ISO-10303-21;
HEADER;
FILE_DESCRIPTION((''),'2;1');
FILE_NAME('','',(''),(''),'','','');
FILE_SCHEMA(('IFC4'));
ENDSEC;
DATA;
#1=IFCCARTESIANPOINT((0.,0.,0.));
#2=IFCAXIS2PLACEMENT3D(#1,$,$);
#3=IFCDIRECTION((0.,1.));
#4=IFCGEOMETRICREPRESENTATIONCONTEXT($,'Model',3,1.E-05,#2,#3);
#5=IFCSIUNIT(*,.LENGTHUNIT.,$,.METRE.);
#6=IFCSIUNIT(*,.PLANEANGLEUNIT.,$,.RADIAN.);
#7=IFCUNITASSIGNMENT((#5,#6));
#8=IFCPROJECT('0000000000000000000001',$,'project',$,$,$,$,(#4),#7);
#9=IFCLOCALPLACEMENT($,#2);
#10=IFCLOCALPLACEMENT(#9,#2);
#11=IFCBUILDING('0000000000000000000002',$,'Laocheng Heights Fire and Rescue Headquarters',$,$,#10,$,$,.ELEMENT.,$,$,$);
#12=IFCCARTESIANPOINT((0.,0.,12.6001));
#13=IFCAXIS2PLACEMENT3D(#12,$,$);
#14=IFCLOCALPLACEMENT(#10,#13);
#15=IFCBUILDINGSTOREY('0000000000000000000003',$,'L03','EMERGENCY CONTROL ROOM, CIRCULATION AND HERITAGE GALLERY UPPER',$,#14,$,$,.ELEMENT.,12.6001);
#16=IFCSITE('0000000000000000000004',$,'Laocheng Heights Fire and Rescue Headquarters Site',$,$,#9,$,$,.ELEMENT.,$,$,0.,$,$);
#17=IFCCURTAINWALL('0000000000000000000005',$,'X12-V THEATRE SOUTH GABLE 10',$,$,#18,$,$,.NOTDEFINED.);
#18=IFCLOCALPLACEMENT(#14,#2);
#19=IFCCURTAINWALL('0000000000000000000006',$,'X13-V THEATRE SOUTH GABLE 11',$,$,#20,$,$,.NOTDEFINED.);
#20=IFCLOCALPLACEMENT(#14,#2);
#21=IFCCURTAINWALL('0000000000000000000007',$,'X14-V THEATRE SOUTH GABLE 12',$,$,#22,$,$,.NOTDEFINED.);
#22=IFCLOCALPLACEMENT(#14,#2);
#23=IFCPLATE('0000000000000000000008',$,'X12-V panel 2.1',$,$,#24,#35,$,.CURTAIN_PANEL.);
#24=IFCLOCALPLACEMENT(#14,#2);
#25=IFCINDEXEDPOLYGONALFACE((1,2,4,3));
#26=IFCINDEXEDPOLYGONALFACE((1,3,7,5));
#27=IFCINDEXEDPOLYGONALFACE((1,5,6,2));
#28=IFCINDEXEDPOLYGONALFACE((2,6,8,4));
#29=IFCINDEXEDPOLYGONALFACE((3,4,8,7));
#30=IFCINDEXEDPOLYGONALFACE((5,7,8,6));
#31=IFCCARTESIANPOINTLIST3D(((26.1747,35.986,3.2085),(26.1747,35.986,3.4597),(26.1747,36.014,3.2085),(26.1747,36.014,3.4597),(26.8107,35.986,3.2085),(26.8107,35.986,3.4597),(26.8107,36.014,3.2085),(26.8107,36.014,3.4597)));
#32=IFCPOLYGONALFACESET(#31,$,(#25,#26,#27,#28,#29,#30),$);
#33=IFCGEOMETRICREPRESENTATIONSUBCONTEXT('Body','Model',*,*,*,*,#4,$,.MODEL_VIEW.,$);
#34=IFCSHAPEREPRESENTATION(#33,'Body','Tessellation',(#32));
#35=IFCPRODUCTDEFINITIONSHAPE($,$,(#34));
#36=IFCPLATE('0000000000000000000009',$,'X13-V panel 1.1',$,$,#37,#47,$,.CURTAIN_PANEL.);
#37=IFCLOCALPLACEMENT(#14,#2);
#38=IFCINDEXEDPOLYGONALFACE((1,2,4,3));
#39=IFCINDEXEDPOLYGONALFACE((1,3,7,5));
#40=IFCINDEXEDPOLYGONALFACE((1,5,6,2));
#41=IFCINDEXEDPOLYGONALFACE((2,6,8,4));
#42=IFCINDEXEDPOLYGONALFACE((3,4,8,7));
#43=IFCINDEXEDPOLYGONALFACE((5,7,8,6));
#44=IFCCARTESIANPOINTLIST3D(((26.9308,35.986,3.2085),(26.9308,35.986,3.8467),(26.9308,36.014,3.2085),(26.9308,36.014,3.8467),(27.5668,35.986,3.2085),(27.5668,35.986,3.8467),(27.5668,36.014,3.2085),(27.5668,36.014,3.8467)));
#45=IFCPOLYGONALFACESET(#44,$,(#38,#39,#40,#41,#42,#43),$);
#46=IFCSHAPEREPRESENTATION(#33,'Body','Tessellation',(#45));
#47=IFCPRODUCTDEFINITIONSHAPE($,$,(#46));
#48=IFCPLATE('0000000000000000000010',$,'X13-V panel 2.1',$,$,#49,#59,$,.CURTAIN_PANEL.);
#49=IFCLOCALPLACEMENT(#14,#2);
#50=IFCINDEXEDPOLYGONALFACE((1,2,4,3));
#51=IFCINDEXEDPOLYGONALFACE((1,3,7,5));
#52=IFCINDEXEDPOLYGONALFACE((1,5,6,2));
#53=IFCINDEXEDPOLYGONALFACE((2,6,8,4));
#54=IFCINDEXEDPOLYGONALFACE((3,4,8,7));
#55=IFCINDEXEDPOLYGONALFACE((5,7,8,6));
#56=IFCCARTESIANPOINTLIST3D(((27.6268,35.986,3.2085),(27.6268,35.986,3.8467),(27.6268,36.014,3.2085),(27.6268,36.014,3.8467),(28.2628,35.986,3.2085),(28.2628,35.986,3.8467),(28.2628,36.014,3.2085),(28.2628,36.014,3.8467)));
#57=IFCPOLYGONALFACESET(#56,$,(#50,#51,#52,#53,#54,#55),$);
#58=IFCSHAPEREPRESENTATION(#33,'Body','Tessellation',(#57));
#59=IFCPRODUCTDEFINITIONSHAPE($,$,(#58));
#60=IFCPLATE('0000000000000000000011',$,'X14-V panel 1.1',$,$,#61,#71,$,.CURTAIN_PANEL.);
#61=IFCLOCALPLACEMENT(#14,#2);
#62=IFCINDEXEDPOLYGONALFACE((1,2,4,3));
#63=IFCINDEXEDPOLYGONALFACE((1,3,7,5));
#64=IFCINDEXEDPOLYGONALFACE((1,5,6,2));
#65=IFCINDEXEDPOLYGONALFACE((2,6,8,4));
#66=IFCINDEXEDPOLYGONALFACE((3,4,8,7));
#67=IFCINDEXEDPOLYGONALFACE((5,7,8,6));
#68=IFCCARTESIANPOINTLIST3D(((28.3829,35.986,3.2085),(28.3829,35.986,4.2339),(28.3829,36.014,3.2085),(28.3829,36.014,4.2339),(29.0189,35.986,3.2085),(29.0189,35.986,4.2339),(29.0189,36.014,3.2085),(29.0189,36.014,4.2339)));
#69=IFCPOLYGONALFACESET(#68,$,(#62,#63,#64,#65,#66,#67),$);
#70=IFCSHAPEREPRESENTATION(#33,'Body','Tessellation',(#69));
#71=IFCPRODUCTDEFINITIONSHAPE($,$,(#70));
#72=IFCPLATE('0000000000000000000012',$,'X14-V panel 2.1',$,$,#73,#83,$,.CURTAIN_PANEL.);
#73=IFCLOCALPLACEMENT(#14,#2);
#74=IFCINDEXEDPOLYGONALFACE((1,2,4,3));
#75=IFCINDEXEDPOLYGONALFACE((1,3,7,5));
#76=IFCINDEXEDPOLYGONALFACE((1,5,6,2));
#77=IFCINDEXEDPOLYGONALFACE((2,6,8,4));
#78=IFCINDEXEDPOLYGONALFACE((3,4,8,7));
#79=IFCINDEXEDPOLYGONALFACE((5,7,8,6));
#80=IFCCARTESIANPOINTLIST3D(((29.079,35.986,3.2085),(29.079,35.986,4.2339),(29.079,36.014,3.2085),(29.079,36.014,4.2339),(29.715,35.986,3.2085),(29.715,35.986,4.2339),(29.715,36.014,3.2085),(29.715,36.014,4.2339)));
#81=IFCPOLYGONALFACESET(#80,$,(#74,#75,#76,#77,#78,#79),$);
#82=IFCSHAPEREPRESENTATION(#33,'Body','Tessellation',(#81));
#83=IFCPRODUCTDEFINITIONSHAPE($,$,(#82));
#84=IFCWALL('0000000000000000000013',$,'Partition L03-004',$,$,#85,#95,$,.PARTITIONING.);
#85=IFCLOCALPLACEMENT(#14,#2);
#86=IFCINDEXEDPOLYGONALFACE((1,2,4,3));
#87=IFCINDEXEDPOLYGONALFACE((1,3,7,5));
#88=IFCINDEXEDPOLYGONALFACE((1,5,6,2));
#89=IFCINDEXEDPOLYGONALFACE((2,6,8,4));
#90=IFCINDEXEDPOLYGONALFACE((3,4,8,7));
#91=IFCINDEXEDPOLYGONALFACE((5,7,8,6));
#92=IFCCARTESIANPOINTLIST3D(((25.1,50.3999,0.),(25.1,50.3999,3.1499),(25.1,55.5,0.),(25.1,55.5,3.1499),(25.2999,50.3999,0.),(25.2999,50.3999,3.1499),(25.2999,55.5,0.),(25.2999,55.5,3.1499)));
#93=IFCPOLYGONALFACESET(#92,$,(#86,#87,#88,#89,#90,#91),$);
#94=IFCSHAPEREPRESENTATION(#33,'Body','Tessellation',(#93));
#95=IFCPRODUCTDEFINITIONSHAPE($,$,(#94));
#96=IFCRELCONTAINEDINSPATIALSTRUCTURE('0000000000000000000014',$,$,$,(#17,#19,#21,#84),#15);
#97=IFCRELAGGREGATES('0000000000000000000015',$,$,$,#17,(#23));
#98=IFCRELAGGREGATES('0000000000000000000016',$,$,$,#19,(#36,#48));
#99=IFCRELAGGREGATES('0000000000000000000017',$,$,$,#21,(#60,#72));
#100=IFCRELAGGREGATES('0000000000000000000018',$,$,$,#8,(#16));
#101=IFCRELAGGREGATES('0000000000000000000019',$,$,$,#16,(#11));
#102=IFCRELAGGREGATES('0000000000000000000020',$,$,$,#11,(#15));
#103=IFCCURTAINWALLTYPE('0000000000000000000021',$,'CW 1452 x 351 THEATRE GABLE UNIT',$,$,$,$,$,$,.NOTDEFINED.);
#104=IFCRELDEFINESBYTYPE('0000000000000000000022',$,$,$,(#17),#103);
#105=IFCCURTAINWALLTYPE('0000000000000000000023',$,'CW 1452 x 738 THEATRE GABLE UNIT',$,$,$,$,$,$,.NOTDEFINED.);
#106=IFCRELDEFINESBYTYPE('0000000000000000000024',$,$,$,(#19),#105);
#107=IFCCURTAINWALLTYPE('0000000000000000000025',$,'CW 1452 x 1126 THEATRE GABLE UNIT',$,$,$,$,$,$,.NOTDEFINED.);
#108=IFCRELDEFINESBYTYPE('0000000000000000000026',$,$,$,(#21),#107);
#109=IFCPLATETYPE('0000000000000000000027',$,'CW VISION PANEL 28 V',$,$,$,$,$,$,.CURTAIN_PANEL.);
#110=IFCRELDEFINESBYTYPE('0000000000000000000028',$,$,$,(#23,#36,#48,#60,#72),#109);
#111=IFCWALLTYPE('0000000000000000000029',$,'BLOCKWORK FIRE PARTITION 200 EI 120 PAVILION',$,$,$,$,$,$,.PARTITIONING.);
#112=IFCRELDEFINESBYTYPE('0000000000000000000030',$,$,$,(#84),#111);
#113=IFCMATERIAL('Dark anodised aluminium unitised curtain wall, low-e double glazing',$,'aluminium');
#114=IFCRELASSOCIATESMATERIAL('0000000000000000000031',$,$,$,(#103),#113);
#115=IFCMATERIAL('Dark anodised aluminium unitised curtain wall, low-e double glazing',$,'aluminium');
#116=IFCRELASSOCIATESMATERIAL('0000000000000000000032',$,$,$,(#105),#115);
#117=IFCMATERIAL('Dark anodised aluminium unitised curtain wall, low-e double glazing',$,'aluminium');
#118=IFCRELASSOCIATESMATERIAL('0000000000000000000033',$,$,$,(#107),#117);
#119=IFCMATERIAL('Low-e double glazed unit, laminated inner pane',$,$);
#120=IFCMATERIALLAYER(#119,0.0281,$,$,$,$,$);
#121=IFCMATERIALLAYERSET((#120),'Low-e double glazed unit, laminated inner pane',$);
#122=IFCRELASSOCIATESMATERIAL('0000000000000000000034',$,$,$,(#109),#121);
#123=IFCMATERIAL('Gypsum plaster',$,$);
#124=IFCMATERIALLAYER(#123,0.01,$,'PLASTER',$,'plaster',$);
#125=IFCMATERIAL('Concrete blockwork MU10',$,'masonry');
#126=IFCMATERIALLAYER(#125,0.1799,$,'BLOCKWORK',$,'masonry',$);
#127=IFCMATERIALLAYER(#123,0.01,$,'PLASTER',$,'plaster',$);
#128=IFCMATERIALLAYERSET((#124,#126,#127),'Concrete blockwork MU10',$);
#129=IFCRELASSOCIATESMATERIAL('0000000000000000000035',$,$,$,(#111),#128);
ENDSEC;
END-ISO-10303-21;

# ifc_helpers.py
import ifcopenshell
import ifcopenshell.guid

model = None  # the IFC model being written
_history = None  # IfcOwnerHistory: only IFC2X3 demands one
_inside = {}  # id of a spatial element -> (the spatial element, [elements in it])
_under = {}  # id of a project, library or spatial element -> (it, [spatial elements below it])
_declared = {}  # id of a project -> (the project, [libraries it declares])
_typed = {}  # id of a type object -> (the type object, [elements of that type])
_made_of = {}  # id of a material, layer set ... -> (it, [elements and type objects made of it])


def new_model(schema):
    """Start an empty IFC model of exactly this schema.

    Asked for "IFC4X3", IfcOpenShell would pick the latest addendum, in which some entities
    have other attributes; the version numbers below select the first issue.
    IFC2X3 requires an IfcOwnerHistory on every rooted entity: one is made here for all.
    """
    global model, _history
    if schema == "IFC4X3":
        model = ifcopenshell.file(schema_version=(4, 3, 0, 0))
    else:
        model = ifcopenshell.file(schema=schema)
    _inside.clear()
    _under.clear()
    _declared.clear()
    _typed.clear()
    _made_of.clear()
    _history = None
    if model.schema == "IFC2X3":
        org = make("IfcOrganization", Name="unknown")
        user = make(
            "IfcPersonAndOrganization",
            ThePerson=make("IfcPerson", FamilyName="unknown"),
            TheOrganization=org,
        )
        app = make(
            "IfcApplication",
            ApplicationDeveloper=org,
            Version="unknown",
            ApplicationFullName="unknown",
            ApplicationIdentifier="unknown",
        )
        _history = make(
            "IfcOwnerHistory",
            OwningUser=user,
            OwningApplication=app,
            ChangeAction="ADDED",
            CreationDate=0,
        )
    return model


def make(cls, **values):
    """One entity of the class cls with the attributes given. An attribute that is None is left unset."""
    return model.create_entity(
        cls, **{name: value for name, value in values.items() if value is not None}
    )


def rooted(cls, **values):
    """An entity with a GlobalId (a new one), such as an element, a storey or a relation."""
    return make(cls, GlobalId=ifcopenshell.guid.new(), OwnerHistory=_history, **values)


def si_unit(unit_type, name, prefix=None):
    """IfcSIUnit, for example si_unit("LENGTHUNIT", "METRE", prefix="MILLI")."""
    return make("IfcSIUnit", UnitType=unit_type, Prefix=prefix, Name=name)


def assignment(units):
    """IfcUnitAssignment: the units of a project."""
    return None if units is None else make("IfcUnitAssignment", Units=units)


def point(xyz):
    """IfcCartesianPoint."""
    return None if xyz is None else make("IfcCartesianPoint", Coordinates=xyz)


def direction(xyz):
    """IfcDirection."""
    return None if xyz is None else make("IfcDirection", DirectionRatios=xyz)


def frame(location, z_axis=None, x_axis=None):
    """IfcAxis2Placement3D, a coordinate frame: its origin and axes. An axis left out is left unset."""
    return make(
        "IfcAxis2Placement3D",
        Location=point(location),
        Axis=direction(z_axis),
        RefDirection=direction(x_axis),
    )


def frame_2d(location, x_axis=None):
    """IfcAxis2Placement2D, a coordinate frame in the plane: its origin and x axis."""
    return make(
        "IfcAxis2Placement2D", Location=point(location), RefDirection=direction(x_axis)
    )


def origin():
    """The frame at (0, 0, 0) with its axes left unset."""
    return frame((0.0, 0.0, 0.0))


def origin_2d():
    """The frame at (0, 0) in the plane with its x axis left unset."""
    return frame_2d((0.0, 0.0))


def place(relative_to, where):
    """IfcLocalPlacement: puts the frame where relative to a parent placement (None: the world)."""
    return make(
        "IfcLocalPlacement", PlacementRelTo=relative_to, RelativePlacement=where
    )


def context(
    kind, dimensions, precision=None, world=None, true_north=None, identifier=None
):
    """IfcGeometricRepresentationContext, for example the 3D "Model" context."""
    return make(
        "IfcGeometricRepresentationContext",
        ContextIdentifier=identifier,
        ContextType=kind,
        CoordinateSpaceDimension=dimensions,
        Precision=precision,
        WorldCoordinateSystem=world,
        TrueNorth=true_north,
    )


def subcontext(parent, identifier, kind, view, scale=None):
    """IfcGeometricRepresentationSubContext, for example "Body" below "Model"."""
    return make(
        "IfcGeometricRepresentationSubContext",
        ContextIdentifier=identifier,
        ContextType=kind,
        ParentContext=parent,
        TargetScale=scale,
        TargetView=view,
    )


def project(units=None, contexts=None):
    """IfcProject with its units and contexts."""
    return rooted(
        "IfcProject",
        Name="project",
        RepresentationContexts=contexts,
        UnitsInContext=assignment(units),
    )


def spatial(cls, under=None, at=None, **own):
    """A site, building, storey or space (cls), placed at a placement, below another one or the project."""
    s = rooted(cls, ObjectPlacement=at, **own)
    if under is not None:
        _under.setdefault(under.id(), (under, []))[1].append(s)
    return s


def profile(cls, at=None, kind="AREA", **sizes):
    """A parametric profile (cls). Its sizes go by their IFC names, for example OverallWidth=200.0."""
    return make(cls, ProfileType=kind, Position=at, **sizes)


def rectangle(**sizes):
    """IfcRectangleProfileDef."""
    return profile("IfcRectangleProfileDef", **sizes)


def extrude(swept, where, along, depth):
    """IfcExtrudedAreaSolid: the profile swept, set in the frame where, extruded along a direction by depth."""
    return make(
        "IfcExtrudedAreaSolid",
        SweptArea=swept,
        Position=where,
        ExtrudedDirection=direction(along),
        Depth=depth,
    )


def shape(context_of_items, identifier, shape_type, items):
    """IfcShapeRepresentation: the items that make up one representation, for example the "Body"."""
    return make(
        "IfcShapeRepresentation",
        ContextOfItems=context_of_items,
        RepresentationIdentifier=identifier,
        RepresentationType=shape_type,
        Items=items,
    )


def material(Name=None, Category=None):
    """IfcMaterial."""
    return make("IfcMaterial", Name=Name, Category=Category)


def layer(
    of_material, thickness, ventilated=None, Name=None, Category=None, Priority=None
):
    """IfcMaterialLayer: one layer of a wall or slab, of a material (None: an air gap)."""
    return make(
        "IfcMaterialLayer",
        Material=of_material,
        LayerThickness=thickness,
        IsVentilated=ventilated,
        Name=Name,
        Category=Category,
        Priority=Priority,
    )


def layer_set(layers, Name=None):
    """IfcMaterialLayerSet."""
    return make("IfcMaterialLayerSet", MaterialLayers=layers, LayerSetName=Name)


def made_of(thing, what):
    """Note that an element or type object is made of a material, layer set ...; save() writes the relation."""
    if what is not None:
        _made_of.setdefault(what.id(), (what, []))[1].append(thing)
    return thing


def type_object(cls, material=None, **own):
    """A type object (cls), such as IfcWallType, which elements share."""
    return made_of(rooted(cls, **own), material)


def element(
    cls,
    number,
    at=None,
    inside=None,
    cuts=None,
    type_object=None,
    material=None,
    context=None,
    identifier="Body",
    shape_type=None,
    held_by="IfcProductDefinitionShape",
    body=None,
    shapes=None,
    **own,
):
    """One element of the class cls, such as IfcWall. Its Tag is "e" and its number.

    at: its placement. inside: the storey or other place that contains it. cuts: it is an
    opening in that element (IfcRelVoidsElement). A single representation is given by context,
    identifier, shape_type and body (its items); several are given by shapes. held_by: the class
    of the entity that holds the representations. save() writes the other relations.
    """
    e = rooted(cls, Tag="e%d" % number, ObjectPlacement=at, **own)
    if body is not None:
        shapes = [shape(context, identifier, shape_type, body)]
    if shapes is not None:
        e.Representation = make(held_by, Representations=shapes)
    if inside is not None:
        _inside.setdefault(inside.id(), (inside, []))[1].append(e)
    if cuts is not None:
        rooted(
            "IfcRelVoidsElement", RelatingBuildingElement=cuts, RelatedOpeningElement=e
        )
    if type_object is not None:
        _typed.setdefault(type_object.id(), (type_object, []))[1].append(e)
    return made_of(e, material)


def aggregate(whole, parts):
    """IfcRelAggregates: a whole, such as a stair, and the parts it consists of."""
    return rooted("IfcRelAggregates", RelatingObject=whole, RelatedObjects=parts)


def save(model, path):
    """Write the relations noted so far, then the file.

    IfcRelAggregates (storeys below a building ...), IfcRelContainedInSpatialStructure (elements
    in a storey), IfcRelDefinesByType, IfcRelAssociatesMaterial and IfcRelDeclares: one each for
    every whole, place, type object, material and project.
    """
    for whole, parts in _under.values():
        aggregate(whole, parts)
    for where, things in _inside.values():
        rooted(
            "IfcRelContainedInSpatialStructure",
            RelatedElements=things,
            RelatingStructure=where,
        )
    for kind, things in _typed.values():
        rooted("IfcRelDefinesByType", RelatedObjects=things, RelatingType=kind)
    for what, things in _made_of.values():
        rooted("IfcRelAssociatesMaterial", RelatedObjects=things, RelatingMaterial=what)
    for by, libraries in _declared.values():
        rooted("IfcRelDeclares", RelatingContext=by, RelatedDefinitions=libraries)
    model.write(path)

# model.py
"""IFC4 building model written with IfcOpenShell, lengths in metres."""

from ifc_helpers import new_model, si_unit, direction, frame, frame_2d, origin, origin_2d, place, context, subcontext, project, spatial, rectangle, extrude, material, layer, layer_set, type_object, element, aggregate, save


model = new_model("IFC4")

# Units and contexts
model_context = context("Model", 3, precision=1e-05, world=origin(), true_north=direction((0.0, 1.0)))
body_context = subcontext(model_context, "Body", "Model", "MODEL_VIEW")
ifc_project = project(units=[si_unit("LENGTHUNIT", "METRE"), si_unit("PLANEANGLEUNIT", "RADIAN")], contexts=[model_context])

# Site, building, storey
site_placement = place(None, origin())
site = spatial("IfcSite", under=ifc_project, at=site_placement, Name="Laocheng Heights Fire and Rescue Headquarters Site", CompositionType="ELEMENT", RefElevation=0.0)
building_placement = place(site_placement, origin())
building = spatial("IfcBuilding", under=site, at=building_placement, Name="Laocheng Heights Fire and Rescue Headquarters", CompositionType="ELEMENT")
storey_placement = place(building_placement, frame((0.0, 0.0, 12.6001)))
storey = spatial("IfcBuildingStorey", under=building, at=storey_placement, Name="L03", Description="EMERGENCY CONTROL ROOM, CIRCULATION AND HERITAGE GALLERY UPPER", CompositionType="ELEMENT", Elevation=12.6001)

# Curtain walls
ifc_material_1 = material(Name="Dark anodised aluminium unitised curtain wall, low-e double glazing", Category="aluminium")
curtain_wall_type_1 = type_object("IfcCurtainWallType", Name="CW 1452 x 351 THEATRE GABLE UNIT", PredefinedType="NOTDEFINED", material=ifc_material_1)
curtain_wall_1_placement = place(storey_placement, origin())
curtain_wall_1 = element("IfcCurtainWall", 1, at=curtain_wall_1_placement, inside=storey, type_object=curtain_wall_type_1, Name="X12-V THEATRE SOUTH GABLE 10", PredefinedType="NOTDEFINED")
ifc_material_2 = material(Name="Dark anodised aluminium unitised curtain wall, low-e double glazing", Category="aluminium")
curtain_wall_type_2 = type_object("IfcCurtainWallType", Name="CW 1452 x 738 THEATRE GABLE UNIT", PredefinedType="NOTDEFINED", material=ifc_material_2)
curtain_wall_2_placement = place(storey_placement, origin())
curtain_wall_2 = element("IfcCurtainWall", 2, at=curtain_wall_2_placement, inside=storey, type_object=curtain_wall_type_2, Name="X13-V THEATRE SOUTH GABLE 11", PredefinedType="NOTDEFINED")
ifc_material_3 = material(Name="Dark anodised aluminium unitised curtain wall, low-e double glazing", Category="aluminium")
curtain_wall_type_3 = type_object("IfcCurtainWallType", Name="CW 1452 x 1126 THEATRE GABLE UNIT", PredefinedType="NOTDEFINED", material=ifc_material_3)
curtain_wall_3_placement = place(storey_placement, origin())
curtain_wall_3 = element("IfcCurtainWall", 3, at=curtain_wall_3_placement, inside=storey, type_object=curtain_wall_type_3, Name="X14-V THEATRE SOUTH GABLE 12", PredefinedType="NOTDEFINED")

# Plates
ifc_material_4 = material(Name="Low-e double glazed unit, laminated inner pane")
ifc_layer_1 = layer(ifc_material_4, 0.0281)
ifc_layer_set_1 = layer_set([ifc_layer_1], Name="Low-e double glazed unit, laminated inner pane")
plate_type = type_object("IfcPlateType", Name="CW VISION PANEL 28 V", PredefinedType="CURTAIN_PANEL", material=ifc_layer_set_1)
plate_1_placement = place(storey_placement, frame((26.4927, 36.0, 3.2085), z_axis=(0.0, 0.0, 1.0), x_axis=(1.0, 0.0, 0.0)))
plate_1 = element("IfcPlate", 4, at=plate_1_placement, type_object=plate_type, Name="X12-V panel 2.1", PredefinedType="CURTAIN_PANEL", context=body_context, shape_type="SweptSolid", body=[
    extrude(rectangle(XDim=0.636, YDim=0.0281, at=origin_2d()), origin(), (0.0, 0.0, 1.0), 0.2512),
])
aggregate(curtain_wall_1, [plate_1])
plate_2_placement = place(storey_placement, frame((27.2488, 36.0, 3.2085), z_axis=(0.0, 0.0, 1.0), x_axis=(1.0, 0.0, 0.0)))
plate_2 = element("IfcPlate", 5, at=plate_2_placement, type_object=plate_type, Name="X13-V panel 1.1", PredefinedType="CURTAIN_PANEL", context=body_context, shape_type="SweptSolid", body=[
    extrude(rectangle(XDim=0.636, YDim=0.0281, at=origin_2d()), origin(), (0.0, 0.0, 1.0), 0.6382),
])
plate_3_placement = place(storey_placement, frame((27.9448, 36.0, 3.2085), z_axis=(0.0, 0.0, 1.0), x_axis=(1.0, 0.0, 0.0)))
plate_3 = element("IfcPlate", 6, at=plate_3_placement, type_object=plate_type, Name="X13-V panel 2.1", PredefinedType="CURTAIN_PANEL", context=body_context, shape_type="SweptSolid", body=[
    extrude(rectangle(XDim=0.636, YDim=0.0281, at=origin_2d()), origin(), (0.0, 0.0, 1.0), 0.6382),
])
aggregate(curtain_wall_2, [plate_2, plate_3])
plate_4_placement = place(storey_placement, frame((28.7009, 36.0, 3.2085), z_axis=(0.0, 0.0, 1.0), x_axis=(1.0, 0.0, 0.0)))
plate_4 = element("IfcPlate", 7, at=plate_4_placement, type_object=plate_type, Name="X14-V panel 1.1", PredefinedType="CURTAIN_PANEL", context=body_context, shape_type="SweptSolid", body=[
    extrude(rectangle(XDim=0.636, YDim=0.0281, at=origin_2d()), origin(), (0.0, 0.0, 1.0), 1.0254),
])
plate_5_placement = place(storey_placement, frame((29.397, 36.0, 3.2085), z_axis=(0.0, 0.0, 1.0), x_axis=(1.0, 0.0, 0.0)))
plate_5 = element("IfcPlate", 8, at=plate_5_placement, type_object=plate_type, Name="X14-V panel 2.1", PredefinedType="CURTAIN_PANEL", context=body_context, shape_type="SweptSolid", body=[
    extrude(rectangle(XDim=0.636, YDim=0.0281, at=origin_2d()), origin(), (0.0, 0.0, 1.0), 1.0254),
])
aggregate(curtain_wall_3, [plate_4, plate_5])

# Wall
ifc_material_5 = material(Name="Gypsum plaster")
ifc_layer_2 = layer(ifc_material_5, 0.01, Name="PLASTER", Category="plaster")
ifc_material_6 = material(Name="Concrete blockwork MU10", Category="masonry")
ifc_layer_3 = layer(ifc_material_6, 0.1799, Name="BLOCKWORK", Category="masonry")
ifc_layer_4 = layer(ifc_material_5, 0.01, Name="PLASTER", Category="plaster")
ifc_layer_set_2 = layer_set([ifc_layer_2, ifc_layer_3, ifc_layer_4], Name="Concrete blockwork MU10")
wall_type = type_object("IfcWallType", Name="BLOCKWORK FIRE PARTITION 200 EI 120 PAVILION", PredefinedType="PARTITIONING", material=ifc_layer_set_2)
wall_placement = place(storey_placement, frame((25.2, 50.3999, 0.0), z_axis=(0.0, 0.0, 1.0), x_axis=(0.0, 1.0, 0.0)))
element("IfcWall", 9, at=wall_placement, inside=storey, type_object=wall_type, Name="Partition L03-004", PredefinedType="PARTITIONING", context=body_context, shape_type="SweptSolid", body=[
    extrude(rectangle(XDim=5.1001, YDim=0.2, at=frame_2d((2.55, 0.0))), origin(), (0.0, 0.0, 1.0), 3.1499),
])

save(model, "model.ifc")
